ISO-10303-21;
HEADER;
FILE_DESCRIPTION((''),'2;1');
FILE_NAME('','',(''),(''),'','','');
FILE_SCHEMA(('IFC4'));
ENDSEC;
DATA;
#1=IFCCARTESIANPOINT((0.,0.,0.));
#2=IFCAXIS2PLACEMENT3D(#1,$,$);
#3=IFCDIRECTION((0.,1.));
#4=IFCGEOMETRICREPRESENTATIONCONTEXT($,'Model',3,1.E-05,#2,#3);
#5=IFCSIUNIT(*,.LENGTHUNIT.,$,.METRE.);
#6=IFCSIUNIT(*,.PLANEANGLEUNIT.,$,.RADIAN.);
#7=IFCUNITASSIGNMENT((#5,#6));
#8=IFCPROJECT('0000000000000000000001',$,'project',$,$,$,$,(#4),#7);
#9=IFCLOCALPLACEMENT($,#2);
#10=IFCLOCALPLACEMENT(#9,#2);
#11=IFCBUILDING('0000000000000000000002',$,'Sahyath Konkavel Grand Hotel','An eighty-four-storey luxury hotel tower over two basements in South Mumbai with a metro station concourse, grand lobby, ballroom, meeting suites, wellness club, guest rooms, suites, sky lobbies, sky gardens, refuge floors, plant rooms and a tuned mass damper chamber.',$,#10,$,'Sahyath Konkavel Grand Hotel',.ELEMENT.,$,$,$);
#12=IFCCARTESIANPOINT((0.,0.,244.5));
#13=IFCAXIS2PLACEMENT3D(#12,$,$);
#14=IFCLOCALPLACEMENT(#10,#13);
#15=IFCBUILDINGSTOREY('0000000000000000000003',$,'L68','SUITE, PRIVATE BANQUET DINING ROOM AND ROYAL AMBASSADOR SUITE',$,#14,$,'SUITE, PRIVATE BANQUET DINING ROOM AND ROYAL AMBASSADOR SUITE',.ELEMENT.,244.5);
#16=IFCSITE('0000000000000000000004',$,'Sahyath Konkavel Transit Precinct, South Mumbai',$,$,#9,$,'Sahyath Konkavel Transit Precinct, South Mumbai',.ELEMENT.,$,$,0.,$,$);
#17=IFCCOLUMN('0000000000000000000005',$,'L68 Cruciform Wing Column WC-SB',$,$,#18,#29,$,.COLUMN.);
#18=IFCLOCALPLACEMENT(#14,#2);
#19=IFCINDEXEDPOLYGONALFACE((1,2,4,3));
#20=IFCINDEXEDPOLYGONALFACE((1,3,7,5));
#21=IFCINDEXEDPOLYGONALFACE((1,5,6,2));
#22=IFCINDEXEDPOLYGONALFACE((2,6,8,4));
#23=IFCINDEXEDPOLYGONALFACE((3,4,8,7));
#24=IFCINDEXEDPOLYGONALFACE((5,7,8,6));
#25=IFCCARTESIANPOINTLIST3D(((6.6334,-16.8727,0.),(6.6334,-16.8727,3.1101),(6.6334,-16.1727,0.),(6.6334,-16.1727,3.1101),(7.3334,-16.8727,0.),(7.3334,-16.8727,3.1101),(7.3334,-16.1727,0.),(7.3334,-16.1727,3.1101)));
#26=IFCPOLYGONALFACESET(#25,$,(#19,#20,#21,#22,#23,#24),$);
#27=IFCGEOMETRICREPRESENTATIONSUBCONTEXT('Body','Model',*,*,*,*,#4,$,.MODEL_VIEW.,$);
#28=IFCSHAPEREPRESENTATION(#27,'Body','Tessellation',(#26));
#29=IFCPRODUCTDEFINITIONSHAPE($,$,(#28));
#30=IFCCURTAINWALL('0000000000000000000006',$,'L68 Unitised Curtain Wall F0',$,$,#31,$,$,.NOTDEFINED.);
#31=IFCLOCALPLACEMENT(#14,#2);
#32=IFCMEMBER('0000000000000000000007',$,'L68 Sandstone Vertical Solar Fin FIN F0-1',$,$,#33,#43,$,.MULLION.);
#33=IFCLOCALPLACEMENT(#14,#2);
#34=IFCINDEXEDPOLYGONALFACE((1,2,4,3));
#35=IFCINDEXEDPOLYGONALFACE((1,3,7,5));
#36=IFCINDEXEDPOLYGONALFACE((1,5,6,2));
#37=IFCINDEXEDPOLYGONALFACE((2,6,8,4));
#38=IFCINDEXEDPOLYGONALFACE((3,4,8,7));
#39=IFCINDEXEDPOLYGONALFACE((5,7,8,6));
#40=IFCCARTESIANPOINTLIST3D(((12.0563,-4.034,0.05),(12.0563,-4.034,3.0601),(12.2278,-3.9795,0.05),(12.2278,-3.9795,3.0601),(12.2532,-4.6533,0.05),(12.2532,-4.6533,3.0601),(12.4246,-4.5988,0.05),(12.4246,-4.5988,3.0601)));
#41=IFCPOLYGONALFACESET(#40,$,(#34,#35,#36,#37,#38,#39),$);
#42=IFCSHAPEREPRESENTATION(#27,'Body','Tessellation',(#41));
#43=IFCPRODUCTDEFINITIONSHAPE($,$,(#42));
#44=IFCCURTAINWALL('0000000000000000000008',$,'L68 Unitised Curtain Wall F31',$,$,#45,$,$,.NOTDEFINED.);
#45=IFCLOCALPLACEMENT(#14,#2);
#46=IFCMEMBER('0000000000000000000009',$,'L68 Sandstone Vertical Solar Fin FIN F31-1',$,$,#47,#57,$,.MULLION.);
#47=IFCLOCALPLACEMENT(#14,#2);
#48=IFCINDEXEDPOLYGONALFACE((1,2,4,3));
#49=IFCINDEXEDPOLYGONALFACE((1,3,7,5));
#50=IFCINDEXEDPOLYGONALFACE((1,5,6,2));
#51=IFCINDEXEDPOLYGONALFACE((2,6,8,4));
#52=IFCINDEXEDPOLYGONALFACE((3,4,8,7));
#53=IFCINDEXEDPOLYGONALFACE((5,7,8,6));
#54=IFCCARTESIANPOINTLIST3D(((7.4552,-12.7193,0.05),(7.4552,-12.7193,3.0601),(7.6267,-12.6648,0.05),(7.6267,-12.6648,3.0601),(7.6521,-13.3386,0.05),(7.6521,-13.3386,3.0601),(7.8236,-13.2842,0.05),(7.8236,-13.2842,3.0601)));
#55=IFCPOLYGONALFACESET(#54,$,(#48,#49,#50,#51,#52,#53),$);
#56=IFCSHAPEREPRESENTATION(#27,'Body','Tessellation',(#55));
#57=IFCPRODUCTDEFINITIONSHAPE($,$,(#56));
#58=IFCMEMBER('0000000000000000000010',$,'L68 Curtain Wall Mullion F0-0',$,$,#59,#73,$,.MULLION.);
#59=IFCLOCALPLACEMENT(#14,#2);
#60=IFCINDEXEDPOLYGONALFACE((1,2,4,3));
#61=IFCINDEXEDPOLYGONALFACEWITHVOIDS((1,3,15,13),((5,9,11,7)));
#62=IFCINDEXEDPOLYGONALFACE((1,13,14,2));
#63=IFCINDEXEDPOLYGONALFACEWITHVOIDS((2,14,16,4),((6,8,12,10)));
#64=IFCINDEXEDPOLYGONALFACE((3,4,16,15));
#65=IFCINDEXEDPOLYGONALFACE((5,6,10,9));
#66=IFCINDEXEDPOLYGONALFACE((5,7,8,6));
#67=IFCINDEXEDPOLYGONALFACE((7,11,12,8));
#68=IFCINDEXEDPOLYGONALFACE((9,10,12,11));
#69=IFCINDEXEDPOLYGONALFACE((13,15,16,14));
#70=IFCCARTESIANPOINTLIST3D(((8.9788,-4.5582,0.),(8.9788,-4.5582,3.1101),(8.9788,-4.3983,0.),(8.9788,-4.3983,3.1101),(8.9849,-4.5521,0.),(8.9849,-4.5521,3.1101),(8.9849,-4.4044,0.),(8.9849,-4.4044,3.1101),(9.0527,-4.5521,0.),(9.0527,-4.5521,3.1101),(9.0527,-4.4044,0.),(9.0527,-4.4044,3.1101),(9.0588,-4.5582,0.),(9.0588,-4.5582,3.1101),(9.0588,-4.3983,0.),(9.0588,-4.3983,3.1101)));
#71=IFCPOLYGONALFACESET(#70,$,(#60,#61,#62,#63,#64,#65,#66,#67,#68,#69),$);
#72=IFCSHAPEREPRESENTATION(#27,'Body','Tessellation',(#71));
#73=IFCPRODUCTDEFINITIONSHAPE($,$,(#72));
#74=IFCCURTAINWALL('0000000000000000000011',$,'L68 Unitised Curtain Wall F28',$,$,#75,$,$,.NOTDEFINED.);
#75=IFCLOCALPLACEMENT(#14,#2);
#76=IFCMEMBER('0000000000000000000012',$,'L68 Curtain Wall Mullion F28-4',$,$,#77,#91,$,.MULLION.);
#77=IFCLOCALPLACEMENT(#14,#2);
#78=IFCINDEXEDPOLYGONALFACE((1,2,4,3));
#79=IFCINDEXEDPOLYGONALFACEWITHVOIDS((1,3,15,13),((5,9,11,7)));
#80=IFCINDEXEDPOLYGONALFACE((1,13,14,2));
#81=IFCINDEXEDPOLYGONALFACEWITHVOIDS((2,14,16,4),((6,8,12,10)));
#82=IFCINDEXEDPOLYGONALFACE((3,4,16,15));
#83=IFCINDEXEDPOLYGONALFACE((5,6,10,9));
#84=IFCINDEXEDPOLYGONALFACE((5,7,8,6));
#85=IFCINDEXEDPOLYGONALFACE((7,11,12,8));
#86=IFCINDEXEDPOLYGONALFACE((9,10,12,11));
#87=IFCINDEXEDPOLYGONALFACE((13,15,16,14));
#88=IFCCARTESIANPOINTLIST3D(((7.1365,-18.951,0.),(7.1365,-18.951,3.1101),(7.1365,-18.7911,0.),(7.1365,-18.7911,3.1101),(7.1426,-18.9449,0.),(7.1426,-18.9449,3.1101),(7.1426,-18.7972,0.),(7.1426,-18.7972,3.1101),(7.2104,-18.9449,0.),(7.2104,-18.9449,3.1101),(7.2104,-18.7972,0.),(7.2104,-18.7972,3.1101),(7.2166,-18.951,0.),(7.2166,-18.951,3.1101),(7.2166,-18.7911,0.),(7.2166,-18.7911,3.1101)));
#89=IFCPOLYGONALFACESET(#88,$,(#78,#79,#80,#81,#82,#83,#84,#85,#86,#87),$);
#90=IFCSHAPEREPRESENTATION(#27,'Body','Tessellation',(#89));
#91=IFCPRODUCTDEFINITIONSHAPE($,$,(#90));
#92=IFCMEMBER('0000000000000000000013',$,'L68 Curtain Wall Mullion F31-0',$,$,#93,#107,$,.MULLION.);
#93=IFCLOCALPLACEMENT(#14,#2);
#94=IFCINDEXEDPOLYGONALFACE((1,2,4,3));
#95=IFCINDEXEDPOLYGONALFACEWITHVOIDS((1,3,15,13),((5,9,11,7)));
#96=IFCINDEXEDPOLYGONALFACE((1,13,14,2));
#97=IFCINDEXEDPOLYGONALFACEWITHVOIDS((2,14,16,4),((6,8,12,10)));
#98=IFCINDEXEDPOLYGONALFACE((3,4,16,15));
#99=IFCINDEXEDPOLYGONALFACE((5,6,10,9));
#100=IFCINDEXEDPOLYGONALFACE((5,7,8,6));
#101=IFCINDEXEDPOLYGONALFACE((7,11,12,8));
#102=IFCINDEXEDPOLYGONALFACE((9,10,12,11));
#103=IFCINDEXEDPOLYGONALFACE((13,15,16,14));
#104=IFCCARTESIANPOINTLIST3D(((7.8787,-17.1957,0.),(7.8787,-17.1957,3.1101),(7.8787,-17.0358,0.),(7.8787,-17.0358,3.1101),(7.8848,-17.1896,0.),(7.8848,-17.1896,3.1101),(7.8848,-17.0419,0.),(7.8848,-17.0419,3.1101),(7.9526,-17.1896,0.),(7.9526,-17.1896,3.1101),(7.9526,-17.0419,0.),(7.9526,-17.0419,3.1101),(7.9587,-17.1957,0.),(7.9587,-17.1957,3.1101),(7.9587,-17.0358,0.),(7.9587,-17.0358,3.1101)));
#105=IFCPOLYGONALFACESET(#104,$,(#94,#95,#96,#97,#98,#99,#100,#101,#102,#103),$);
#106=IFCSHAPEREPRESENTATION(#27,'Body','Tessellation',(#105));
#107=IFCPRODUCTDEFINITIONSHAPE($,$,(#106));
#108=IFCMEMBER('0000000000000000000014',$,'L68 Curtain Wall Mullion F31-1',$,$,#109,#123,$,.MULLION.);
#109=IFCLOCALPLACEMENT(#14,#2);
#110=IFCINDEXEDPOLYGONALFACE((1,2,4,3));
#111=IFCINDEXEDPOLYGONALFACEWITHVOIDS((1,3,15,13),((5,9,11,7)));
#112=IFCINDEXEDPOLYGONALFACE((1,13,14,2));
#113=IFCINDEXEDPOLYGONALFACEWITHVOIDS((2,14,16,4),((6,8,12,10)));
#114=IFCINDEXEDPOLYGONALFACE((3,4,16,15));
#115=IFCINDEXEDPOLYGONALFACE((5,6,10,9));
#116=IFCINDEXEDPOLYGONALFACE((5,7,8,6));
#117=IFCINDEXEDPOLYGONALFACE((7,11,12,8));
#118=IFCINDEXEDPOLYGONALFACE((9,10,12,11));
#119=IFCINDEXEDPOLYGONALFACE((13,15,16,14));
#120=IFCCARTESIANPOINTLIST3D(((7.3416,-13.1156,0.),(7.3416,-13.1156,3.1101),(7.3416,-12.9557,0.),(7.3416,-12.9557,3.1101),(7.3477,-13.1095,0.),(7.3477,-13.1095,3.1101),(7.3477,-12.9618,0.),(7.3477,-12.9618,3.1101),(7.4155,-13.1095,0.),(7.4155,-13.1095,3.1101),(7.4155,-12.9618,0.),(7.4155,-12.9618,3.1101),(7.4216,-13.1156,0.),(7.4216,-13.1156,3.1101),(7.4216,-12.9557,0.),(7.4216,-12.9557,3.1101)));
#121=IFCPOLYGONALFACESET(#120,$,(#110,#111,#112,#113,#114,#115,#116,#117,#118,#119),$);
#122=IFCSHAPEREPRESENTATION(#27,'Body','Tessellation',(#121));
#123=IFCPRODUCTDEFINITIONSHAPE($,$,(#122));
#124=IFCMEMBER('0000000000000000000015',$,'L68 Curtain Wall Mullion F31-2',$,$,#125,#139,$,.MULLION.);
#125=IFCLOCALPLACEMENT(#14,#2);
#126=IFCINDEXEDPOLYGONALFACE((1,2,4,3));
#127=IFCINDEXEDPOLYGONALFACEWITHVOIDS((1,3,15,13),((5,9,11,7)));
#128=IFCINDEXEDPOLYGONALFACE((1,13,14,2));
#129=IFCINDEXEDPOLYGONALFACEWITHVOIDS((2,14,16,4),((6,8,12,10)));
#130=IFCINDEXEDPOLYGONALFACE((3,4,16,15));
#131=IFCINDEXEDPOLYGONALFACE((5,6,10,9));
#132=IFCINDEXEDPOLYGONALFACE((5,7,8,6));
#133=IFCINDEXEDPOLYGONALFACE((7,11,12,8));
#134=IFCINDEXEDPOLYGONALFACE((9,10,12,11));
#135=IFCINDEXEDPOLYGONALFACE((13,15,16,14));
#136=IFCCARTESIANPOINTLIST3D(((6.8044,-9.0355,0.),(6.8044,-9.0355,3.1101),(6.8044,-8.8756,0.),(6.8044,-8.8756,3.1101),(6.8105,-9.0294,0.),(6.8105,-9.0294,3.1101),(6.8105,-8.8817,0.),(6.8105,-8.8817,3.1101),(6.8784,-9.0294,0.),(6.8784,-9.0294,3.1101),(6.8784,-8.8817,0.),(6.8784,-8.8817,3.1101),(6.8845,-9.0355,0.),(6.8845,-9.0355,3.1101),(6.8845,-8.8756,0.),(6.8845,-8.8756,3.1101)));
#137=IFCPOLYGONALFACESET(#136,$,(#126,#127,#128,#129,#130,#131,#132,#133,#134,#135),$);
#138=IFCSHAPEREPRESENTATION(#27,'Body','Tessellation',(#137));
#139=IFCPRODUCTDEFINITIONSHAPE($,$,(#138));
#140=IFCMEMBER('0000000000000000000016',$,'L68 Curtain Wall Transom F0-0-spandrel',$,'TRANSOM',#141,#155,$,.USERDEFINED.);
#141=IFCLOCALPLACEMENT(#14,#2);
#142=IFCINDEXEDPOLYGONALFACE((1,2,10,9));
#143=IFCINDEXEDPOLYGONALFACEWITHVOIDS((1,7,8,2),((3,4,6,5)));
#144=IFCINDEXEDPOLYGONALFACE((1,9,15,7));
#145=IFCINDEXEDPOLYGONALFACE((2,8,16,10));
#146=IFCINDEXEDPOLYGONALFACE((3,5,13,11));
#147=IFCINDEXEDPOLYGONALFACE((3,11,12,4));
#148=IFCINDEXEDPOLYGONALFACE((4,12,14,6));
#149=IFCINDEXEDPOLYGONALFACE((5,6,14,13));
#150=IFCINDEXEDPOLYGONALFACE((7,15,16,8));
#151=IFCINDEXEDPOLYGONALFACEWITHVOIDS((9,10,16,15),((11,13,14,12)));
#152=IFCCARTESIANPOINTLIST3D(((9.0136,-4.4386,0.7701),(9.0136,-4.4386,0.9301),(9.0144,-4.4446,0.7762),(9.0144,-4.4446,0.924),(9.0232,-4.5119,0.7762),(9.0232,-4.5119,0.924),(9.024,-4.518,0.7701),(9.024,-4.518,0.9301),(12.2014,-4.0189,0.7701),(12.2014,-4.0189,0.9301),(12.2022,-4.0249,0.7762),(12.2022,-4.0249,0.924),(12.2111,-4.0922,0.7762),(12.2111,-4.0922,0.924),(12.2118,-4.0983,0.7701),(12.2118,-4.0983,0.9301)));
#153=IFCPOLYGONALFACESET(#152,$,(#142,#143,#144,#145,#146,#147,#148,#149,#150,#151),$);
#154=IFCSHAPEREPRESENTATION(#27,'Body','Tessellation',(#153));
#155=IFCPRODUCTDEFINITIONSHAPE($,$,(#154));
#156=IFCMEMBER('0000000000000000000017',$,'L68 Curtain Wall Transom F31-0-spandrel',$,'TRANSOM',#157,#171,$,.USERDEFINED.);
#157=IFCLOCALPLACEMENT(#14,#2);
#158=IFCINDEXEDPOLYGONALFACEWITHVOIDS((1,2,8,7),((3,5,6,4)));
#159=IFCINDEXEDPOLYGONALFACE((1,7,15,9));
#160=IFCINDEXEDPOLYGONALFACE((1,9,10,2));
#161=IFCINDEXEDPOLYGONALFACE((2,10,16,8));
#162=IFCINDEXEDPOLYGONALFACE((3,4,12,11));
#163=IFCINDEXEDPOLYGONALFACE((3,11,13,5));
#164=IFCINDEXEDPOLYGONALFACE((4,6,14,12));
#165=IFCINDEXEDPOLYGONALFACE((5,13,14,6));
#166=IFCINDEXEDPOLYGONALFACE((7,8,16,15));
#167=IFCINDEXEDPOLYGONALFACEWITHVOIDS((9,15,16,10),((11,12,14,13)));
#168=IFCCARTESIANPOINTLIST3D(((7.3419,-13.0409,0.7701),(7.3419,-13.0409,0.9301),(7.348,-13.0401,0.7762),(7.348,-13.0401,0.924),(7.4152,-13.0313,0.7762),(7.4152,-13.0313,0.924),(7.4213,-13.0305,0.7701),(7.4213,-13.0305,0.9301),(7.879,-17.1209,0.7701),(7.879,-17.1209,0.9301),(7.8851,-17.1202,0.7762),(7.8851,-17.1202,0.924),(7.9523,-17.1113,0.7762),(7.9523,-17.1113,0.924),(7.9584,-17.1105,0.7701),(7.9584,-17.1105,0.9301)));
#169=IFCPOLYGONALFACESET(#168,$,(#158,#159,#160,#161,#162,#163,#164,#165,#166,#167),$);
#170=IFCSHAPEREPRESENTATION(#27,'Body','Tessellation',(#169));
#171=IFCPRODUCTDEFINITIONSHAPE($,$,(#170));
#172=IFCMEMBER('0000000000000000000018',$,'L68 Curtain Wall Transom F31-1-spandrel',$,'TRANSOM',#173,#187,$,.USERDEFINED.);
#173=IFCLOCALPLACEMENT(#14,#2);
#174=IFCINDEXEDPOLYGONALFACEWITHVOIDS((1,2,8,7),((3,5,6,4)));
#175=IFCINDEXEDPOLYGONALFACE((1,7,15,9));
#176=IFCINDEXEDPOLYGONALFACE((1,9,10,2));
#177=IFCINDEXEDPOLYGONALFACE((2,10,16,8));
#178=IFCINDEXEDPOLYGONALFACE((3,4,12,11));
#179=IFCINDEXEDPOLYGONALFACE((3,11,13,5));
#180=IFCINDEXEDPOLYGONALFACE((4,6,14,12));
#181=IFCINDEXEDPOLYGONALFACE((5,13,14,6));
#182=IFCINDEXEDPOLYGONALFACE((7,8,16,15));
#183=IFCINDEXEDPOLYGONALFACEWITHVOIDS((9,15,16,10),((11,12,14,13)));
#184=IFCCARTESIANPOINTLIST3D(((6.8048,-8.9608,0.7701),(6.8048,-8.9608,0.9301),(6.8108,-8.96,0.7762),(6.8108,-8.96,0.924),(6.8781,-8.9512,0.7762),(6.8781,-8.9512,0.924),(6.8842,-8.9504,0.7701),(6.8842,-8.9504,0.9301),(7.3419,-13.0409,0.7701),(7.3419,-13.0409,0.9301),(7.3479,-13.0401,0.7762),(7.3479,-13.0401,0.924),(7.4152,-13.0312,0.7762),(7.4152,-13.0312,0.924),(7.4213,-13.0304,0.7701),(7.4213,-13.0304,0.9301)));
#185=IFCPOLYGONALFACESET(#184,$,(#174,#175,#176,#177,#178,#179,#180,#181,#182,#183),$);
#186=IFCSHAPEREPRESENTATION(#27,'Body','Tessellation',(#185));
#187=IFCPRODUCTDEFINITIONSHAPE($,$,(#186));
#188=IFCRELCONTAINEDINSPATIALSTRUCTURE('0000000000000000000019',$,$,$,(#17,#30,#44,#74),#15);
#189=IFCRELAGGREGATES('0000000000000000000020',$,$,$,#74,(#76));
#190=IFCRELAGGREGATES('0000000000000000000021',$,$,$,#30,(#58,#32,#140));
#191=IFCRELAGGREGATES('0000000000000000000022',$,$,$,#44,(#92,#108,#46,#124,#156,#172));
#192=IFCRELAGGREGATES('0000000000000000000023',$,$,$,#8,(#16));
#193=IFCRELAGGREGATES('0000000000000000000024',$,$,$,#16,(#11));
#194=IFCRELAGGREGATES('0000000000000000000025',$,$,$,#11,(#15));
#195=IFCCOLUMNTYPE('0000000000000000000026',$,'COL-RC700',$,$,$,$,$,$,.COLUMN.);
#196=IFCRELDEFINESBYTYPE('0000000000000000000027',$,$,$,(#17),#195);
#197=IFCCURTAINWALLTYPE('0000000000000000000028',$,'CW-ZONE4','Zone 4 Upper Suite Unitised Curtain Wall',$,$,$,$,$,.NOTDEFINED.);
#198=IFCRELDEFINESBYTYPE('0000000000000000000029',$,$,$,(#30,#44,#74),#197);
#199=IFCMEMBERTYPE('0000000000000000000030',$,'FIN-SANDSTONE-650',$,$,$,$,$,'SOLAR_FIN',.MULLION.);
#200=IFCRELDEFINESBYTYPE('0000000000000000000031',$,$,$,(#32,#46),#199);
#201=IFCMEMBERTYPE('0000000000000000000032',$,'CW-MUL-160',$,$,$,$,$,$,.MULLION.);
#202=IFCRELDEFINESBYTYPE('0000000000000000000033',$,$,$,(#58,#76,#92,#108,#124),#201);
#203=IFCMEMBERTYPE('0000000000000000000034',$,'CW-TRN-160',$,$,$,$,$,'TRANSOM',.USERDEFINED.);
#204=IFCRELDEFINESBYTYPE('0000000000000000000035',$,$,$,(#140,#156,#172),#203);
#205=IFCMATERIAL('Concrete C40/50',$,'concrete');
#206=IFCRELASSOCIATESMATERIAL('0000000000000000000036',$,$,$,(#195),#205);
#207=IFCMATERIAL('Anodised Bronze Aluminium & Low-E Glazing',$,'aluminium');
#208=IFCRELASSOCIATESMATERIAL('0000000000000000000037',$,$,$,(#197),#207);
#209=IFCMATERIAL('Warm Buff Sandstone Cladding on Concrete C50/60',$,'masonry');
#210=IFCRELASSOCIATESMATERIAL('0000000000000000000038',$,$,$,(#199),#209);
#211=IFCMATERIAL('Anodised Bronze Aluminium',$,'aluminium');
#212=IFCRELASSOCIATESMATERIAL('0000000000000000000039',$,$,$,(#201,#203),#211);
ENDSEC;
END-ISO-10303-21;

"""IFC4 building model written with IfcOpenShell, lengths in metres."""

from ifc_helpers import new_model, si_unit, direction, frame, origin, origin_2d, place, context, subcontext, project, spatial, rectangle, hollow_rectangle, extrude, source, transform, mapped, material, material_profile, profile_set, type_object, element, aggregate, save


model = new_model("IFC4")

# Units and contexts
model_context = context("Model", 3, precision=1e-05, world=origin(), true_north=direction((0.0, 1.0)))
body_context = subcontext(model_context, "Body", "Model", "MODEL_VIEW")
ifc_project = project(units=[si_unit("LENGTHUNIT", "METRE"), si_unit("PLANEANGLEUNIT", "RADIAN")], contexts=[model_context])

# Site, building, storey
site_placement = place(None, origin())
site = spatial("IfcSite", under=ifc_project, at=site_placement, Name="Sahyath Konkavel Transit Precinct, South Mumbai", LongName="Sahyath Konkavel Transit Precinct, South Mumbai", CompositionType="ELEMENT", RefElevation=0.0)
building_placement = place(site_placement, origin())
building = spatial("IfcBuilding", under=site, at=building_placement, Name="Sahyath Konkavel Grand Hotel", Description="An eighty-four-storey luxury hotel tower over two basements in South Mumbai with a metro station concourse, grand lobby, ballroom, meeting suites, wellness club, guest rooms, suites, sky lobbies, sky gardens, refuge floors, plant rooms and a tuned mass damper chamber.", LongName="Sahyath Konkavel Grand Hotel", CompositionType="ELEMENT")
storey_placement = place(building_placement, frame((0.0, 0.0, 244.5)))
storey = spatial("IfcBuildingStorey", under=building, at=storey_placement, Name="L68", Description="SUITE, PRIVATE BANQUET DINING ROOM AND ROYAL AMBASSADOR SUITE", LongName="SUITE, PRIVATE BANQUET DINING ROOM AND ROYAL AMBASSADOR SUITE", CompositionType="ELEMENT", Elevation=244.5)

# Column
ifc_material_1 = material(Name="Concrete C40/50", Category="concrete")
ifc_material_profile_1 = material_profile(ifc_material_1, rectangle(XDim=0.7, YDim=0.7, at=origin_2d()), Name="RC 700x700")
ifc_profile_set_1 = profile_set([ifc_material_profile_1], Name="Concrete C40/50")
column_type = type_object("IfcColumnType", Name="COL-RC700", PredefinedType="COLUMN", material=ifc_profile_set_1)
shared_shape_1 = source(origin(), body_context, "Body", "SweptSolid", [
    extrude(rectangle(XDim=0.7, YDim=0.7, at=origin_2d()), origin(), (0.0, 0.0, 1.0), 3.1101),
])
column_placement = place(storey_placement, frame((6.9834, -16.5227, 0.0), z_axis=(0.0, 0.0, 1.0), x_axis=(1.0, 0.0, 0.0)))
element("IfcColumn", 1, at=column_placement, inside=storey, type_object=column_type, Name="L68 Cruciform Wing Column WC-SB", PredefinedType="COLUMN", context=body_context, shape_type="MappedRepresentation", body=[
    mapped(shared_shape_1, transform((0.0, 0.0, 0.0), scale=1.0)),
])

# Curtain walls, members
ifc_material_2 = material(Name="Anodised Bronze Aluminium & Low-E Glazing", Category="aluminium")
curtain_wall_type = type_object("IfcCurtainWallType", Name="CW-ZONE4", Description="Zone 4 Upper Suite Unitised Curtain Wall", PredefinedType="NOTDEFINED", material=ifc_material_2)
curtain_wall_1_placement = place(storey_placement, origin())
curtain_wall_1 = element("IfcCurtainWall", 2, at=curtain_wall_1_placement, inside=storey, type_object=curtain_wall_type, Name="L68 Unitised Curtain Wall F0", PredefinedType="NOTDEFINED")
ifc_material_3 = material(Name="Warm Buff Sandstone Cladding on Concrete C50/60", Category="masonry")
ifc_material_profile_2 = material_profile(ifc_material_3, rectangle(XDim=0.1799, YDim=0.6499, at=origin_2d()), Name="FIN 180x650")
ifc_profile_set_2 = profile_set([ifc_material_profile_2], Name="Warm Buff Sandstone Cladding on Concrete C50/60")
member_type_1 = type_object("IfcMemberType", Name="FIN-SANDSTONE-650", ElementType="SOLAR_FIN", PredefinedType="MULLION", material=ifc_profile_set_2)
shared_shape_2 = source(origin(), body_context, "Body", "SweptSolid", [
    extrude(rectangle(XDim=0.1799, YDim=0.6499, at=origin_2d()), origin(), (0.0, 0.0, 1.0), 3.01),
])
member_1_placement = place(storey_placement, frame((12.2405, -4.3164, 0.05), z_axis=(0.0, 0.0, 1.0), x_axis=(0.953032, 0.302869, 0.0)))
member_1 = element("IfcMember", 3, at=member_1_placement, type_object=member_type_1, Name="L68 Sandstone Vertical Solar Fin FIN F0-1", PredefinedType="MULLION", context=body_context, shape_type="MappedRepresentation", body=[
    mapped(shared_shape_2, transform((0.0, 0.0, 0.0), scale=1.0)),
])
curtain_wall_2_placement = place(storey_placement, origin())
curtain_wall_2 = element("IfcCurtainWall", 4, at=curtain_wall_2_placement, inside=storey, type_object=curtain_wall_type, Name="L68 Unitised Curtain Wall F31", PredefinedType="NOTDEFINED")
member_2_placement = place(storey_placement, frame((7.6394, -13.0017, 0.05), z_axis=(0.0, 0.0, 1.0), x_axis=(0.953032, 0.302869, 0.0)))
member_2 = element("IfcMember", 5, at=member_2_placement, type_object=member_type_1, Name="L68 Sandstone Vertical Solar Fin FIN F31-1", PredefinedType="MULLION", context=body_context, shape_type="MappedRepresentation", body=[
    mapped(shared_shape_2, transform((0.0, 0.0, 0.0), scale=1.0)),
])

# Member
ifc_material_4 = material(Name="Anodised Bronze Aluminium", Category="aluminium")
ifc_material_profile_3 = material_profile(ifc_material_4, hollow_rectangle(XDim=0.0801, YDim=0.1599, WallThickness=0.0061, at=origin_2d()), Name="RHS 160x80x6")
ifc_profile_set_3 = profile_set([ifc_material_profile_3], Name="Anodised Bronze Aluminium")
member_type_2 = type_object("IfcMemberType", Name="CW-MUL-160", PredefinedType="MULLION", material=ifc_profile_set_3)
shared_shape_3 = source(origin(), body_context, "Body", "SweptSolid", [
    extrude(hollow_rectangle(XDim=0.0801, YDim=0.1599, WallThickness=0.0061, at=origin_2d()), origin(), (0.0, 0.0, 1.0), 3.1101),
])
member_3_placement = place(storey_placement, frame((9.0188, -4.4783, 0.0), z_axis=(0.0, 0.0, 1.0), x_axis=(1.0, 0.0, 0.0)))
member_3 = element("IfcMember", 6, at=member_3_placement, type_object=member_type_2, Name="L68 Curtain Wall Mullion F0-0", PredefinedType="MULLION", context=body_context, shape_type="MappedRepresentation", body=[
    mapped(shared_shape_3, transform((0.0, 0.0, 0.0), scale=1.0)),
])

# Curtain wall, member
curtain_wall_3_placement = place(storey_placement, origin())
curtain_wall_3 = element("IfcCurtainWall", 7, at=curtain_wall_3_placement, inside=storey, type_object=curtain_wall_type, Name="L68 Unitised Curtain Wall F28", PredefinedType="NOTDEFINED")
member_4_placement = place(storey_placement, frame((7.1765, -18.8711, 0.0), z_axis=(0.0, 0.0, 1.0), x_axis=(1.0, 0.0, 0.0)))
member_4 = element("IfcMember", 8, at=member_4_placement, type_object=member_type_2, Name="L68 Curtain Wall Mullion F28-4", PredefinedType="MULLION", context=body_context, shape_type="MappedRepresentation", body=[
    mapped(shared_shape_3, transform((0.0, 0.0, 0.0), scale=1.0)),
])
aggregate(curtain_wall_3, [member_4])

# Members
member_5_placement = place(storey_placement, frame((7.9187, -17.1157, 0.0), z_axis=(0.0, 0.0, 1.0), x_axis=(1.0, 0.0, 0.0)))
member_5 = element("IfcMember", 9, at=member_5_placement, type_object=member_type_2, Name="L68 Curtain Wall Mullion F31-0", PredefinedType="MULLION", context=body_context, shape_type="MappedRepresentation", body=[
    mapped(shared_shape_3, transform((0.0, 0.0, 0.0), scale=1.0)),
])
member_6_placement = place(storey_placement, frame((7.3816, -13.0356, 0.0), z_axis=(0.0, 0.0, 1.0), x_axis=(1.0, 0.0, 0.0)))
member_6 = element("IfcMember", 10, at=member_6_placement, type_object=member_type_2, Name="L68 Curtain Wall Mullion F31-1", PredefinedType="MULLION", context=body_context, shape_type="MappedRepresentation", body=[
    mapped(shared_shape_3, transform((0.0, 0.0, 0.0), scale=1.0)),
])
member_7_placement = place(storey_placement, frame((6.8445, -8.9556, 0.0), z_axis=(0.0, 0.0, 1.0), x_axis=(1.0, 0.0, 0.0)))
member_7 = element("IfcMember", 11, at=member_7_placement, type_object=member_type_2, Name="L68 Curtain Wall Mullion F31-2", PredefinedType="MULLION", context=body_context, shape_type="MappedRepresentation", body=[
    mapped(shared_shape_3, transform((0.0, 0.0, 0.0), scale=1.0)),
])
ifc_material_profile_4 = material_profile(ifc_material_4, hollow_rectangle(XDim=0.0801, YDim=0.1599, WallThickness=0.0061, at=origin_2d()), Name="RHS 160x80x6")
ifc_profile_set_4 = profile_set([ifc_material_profile_4], Name="Anodised Bronze Aluminium")
member_type_3 = type_object("IfcMemberType", Name="CW-TRN-160", ElementType="TRANSOM", PredefinedType="USERDEFINED", material=ifc_profile_set_4)
shared_shape_4 = source(origin(), body_context, "Body", "SweptSolid", [
    extrude(hollow_rectangle(XDim=0.0801, YDim=0.1599, WallThickness=0.0061, at=origin_2d()), origin(), (0.0, 0.0, 1.0), 3.2153),
])
member_8_placement = place(storey_placement, frame((9.0188, -4.4783, 0.8501), z_axis=(0.991445, 0.130527, 0.0), x_axis=(-0.130527, 0.991445, 0.0)))
member_8 = element("IfcMember", 12, at=member_8_placement, type_object=member_type_3, Name="L68 Curtain Wall Transom F0-0-spandrel", ObjectType="TRANSOM", PredefinedType="USERDEFINED", context=body_context, shape_type="MappedRepresentation", body=[
    mapped(shared_shape_4, transform((0.0, 0.0, 0.0), scale=1.0)),
])
shared_shape_5 = source(origin(), body_context, "Body", "SweptSolid", [
    extrude(hollow_rectangle(XDim=0.0801, YDim=0.1599, WallThickness=0.0061, at=origin_2d()), origin(), (0.0, 0.0, 1.0), 4.1152),
])
member_9_placement = place(storey_placement, frame((7.9187, -17.1157, 0.8501), z_axis=(-0.130516, 0.991446, 0.0), x_axis=(-0.991446, -0.130516, 0.0)))
member_9 = element("IfcMember", 13, at=member_9_placement, type_object=member_type_3, Name="L68 Curtain Wall Transom F31-0-spandrel", ObjectType="TRANSOM", PredefinedType="USERDEFINED", context=body_context, shape_type="MappedRepresentation", body=[
    mapped(shared_shape_5, transform((0.0, 0.0, 0.0), scale=1.0)),
])
member_10_placement = place(storey_placement, frame((7.3816, -13.0356, 0.8501), z_axis=(-0.130516, 0.991446, 0.0), x_axis=(-0.991446, -0.130516, 0.0)))
member_10 = element("IfcMember", 14, at=member_10_placement, type_object=member_type_3, Name="L68 Curtain Wall Transom F31-1-spandrel", ObjectType="TRANSOM", PredefinedType="USERDEFINED", context=body_context, shape_type="MappedRepresentation", body=[
    mapped(shared_shape_5, transform((0.0, 0.0, 0.0), scale=1.0)),
])

aggregate(curtain_wall_1, [member_3, member_1, member_8])
aggregate(curtain_wall_2, [member_5, member_6, member_2, member_7, member_9, member_10])

save(model, "model.ifc")
